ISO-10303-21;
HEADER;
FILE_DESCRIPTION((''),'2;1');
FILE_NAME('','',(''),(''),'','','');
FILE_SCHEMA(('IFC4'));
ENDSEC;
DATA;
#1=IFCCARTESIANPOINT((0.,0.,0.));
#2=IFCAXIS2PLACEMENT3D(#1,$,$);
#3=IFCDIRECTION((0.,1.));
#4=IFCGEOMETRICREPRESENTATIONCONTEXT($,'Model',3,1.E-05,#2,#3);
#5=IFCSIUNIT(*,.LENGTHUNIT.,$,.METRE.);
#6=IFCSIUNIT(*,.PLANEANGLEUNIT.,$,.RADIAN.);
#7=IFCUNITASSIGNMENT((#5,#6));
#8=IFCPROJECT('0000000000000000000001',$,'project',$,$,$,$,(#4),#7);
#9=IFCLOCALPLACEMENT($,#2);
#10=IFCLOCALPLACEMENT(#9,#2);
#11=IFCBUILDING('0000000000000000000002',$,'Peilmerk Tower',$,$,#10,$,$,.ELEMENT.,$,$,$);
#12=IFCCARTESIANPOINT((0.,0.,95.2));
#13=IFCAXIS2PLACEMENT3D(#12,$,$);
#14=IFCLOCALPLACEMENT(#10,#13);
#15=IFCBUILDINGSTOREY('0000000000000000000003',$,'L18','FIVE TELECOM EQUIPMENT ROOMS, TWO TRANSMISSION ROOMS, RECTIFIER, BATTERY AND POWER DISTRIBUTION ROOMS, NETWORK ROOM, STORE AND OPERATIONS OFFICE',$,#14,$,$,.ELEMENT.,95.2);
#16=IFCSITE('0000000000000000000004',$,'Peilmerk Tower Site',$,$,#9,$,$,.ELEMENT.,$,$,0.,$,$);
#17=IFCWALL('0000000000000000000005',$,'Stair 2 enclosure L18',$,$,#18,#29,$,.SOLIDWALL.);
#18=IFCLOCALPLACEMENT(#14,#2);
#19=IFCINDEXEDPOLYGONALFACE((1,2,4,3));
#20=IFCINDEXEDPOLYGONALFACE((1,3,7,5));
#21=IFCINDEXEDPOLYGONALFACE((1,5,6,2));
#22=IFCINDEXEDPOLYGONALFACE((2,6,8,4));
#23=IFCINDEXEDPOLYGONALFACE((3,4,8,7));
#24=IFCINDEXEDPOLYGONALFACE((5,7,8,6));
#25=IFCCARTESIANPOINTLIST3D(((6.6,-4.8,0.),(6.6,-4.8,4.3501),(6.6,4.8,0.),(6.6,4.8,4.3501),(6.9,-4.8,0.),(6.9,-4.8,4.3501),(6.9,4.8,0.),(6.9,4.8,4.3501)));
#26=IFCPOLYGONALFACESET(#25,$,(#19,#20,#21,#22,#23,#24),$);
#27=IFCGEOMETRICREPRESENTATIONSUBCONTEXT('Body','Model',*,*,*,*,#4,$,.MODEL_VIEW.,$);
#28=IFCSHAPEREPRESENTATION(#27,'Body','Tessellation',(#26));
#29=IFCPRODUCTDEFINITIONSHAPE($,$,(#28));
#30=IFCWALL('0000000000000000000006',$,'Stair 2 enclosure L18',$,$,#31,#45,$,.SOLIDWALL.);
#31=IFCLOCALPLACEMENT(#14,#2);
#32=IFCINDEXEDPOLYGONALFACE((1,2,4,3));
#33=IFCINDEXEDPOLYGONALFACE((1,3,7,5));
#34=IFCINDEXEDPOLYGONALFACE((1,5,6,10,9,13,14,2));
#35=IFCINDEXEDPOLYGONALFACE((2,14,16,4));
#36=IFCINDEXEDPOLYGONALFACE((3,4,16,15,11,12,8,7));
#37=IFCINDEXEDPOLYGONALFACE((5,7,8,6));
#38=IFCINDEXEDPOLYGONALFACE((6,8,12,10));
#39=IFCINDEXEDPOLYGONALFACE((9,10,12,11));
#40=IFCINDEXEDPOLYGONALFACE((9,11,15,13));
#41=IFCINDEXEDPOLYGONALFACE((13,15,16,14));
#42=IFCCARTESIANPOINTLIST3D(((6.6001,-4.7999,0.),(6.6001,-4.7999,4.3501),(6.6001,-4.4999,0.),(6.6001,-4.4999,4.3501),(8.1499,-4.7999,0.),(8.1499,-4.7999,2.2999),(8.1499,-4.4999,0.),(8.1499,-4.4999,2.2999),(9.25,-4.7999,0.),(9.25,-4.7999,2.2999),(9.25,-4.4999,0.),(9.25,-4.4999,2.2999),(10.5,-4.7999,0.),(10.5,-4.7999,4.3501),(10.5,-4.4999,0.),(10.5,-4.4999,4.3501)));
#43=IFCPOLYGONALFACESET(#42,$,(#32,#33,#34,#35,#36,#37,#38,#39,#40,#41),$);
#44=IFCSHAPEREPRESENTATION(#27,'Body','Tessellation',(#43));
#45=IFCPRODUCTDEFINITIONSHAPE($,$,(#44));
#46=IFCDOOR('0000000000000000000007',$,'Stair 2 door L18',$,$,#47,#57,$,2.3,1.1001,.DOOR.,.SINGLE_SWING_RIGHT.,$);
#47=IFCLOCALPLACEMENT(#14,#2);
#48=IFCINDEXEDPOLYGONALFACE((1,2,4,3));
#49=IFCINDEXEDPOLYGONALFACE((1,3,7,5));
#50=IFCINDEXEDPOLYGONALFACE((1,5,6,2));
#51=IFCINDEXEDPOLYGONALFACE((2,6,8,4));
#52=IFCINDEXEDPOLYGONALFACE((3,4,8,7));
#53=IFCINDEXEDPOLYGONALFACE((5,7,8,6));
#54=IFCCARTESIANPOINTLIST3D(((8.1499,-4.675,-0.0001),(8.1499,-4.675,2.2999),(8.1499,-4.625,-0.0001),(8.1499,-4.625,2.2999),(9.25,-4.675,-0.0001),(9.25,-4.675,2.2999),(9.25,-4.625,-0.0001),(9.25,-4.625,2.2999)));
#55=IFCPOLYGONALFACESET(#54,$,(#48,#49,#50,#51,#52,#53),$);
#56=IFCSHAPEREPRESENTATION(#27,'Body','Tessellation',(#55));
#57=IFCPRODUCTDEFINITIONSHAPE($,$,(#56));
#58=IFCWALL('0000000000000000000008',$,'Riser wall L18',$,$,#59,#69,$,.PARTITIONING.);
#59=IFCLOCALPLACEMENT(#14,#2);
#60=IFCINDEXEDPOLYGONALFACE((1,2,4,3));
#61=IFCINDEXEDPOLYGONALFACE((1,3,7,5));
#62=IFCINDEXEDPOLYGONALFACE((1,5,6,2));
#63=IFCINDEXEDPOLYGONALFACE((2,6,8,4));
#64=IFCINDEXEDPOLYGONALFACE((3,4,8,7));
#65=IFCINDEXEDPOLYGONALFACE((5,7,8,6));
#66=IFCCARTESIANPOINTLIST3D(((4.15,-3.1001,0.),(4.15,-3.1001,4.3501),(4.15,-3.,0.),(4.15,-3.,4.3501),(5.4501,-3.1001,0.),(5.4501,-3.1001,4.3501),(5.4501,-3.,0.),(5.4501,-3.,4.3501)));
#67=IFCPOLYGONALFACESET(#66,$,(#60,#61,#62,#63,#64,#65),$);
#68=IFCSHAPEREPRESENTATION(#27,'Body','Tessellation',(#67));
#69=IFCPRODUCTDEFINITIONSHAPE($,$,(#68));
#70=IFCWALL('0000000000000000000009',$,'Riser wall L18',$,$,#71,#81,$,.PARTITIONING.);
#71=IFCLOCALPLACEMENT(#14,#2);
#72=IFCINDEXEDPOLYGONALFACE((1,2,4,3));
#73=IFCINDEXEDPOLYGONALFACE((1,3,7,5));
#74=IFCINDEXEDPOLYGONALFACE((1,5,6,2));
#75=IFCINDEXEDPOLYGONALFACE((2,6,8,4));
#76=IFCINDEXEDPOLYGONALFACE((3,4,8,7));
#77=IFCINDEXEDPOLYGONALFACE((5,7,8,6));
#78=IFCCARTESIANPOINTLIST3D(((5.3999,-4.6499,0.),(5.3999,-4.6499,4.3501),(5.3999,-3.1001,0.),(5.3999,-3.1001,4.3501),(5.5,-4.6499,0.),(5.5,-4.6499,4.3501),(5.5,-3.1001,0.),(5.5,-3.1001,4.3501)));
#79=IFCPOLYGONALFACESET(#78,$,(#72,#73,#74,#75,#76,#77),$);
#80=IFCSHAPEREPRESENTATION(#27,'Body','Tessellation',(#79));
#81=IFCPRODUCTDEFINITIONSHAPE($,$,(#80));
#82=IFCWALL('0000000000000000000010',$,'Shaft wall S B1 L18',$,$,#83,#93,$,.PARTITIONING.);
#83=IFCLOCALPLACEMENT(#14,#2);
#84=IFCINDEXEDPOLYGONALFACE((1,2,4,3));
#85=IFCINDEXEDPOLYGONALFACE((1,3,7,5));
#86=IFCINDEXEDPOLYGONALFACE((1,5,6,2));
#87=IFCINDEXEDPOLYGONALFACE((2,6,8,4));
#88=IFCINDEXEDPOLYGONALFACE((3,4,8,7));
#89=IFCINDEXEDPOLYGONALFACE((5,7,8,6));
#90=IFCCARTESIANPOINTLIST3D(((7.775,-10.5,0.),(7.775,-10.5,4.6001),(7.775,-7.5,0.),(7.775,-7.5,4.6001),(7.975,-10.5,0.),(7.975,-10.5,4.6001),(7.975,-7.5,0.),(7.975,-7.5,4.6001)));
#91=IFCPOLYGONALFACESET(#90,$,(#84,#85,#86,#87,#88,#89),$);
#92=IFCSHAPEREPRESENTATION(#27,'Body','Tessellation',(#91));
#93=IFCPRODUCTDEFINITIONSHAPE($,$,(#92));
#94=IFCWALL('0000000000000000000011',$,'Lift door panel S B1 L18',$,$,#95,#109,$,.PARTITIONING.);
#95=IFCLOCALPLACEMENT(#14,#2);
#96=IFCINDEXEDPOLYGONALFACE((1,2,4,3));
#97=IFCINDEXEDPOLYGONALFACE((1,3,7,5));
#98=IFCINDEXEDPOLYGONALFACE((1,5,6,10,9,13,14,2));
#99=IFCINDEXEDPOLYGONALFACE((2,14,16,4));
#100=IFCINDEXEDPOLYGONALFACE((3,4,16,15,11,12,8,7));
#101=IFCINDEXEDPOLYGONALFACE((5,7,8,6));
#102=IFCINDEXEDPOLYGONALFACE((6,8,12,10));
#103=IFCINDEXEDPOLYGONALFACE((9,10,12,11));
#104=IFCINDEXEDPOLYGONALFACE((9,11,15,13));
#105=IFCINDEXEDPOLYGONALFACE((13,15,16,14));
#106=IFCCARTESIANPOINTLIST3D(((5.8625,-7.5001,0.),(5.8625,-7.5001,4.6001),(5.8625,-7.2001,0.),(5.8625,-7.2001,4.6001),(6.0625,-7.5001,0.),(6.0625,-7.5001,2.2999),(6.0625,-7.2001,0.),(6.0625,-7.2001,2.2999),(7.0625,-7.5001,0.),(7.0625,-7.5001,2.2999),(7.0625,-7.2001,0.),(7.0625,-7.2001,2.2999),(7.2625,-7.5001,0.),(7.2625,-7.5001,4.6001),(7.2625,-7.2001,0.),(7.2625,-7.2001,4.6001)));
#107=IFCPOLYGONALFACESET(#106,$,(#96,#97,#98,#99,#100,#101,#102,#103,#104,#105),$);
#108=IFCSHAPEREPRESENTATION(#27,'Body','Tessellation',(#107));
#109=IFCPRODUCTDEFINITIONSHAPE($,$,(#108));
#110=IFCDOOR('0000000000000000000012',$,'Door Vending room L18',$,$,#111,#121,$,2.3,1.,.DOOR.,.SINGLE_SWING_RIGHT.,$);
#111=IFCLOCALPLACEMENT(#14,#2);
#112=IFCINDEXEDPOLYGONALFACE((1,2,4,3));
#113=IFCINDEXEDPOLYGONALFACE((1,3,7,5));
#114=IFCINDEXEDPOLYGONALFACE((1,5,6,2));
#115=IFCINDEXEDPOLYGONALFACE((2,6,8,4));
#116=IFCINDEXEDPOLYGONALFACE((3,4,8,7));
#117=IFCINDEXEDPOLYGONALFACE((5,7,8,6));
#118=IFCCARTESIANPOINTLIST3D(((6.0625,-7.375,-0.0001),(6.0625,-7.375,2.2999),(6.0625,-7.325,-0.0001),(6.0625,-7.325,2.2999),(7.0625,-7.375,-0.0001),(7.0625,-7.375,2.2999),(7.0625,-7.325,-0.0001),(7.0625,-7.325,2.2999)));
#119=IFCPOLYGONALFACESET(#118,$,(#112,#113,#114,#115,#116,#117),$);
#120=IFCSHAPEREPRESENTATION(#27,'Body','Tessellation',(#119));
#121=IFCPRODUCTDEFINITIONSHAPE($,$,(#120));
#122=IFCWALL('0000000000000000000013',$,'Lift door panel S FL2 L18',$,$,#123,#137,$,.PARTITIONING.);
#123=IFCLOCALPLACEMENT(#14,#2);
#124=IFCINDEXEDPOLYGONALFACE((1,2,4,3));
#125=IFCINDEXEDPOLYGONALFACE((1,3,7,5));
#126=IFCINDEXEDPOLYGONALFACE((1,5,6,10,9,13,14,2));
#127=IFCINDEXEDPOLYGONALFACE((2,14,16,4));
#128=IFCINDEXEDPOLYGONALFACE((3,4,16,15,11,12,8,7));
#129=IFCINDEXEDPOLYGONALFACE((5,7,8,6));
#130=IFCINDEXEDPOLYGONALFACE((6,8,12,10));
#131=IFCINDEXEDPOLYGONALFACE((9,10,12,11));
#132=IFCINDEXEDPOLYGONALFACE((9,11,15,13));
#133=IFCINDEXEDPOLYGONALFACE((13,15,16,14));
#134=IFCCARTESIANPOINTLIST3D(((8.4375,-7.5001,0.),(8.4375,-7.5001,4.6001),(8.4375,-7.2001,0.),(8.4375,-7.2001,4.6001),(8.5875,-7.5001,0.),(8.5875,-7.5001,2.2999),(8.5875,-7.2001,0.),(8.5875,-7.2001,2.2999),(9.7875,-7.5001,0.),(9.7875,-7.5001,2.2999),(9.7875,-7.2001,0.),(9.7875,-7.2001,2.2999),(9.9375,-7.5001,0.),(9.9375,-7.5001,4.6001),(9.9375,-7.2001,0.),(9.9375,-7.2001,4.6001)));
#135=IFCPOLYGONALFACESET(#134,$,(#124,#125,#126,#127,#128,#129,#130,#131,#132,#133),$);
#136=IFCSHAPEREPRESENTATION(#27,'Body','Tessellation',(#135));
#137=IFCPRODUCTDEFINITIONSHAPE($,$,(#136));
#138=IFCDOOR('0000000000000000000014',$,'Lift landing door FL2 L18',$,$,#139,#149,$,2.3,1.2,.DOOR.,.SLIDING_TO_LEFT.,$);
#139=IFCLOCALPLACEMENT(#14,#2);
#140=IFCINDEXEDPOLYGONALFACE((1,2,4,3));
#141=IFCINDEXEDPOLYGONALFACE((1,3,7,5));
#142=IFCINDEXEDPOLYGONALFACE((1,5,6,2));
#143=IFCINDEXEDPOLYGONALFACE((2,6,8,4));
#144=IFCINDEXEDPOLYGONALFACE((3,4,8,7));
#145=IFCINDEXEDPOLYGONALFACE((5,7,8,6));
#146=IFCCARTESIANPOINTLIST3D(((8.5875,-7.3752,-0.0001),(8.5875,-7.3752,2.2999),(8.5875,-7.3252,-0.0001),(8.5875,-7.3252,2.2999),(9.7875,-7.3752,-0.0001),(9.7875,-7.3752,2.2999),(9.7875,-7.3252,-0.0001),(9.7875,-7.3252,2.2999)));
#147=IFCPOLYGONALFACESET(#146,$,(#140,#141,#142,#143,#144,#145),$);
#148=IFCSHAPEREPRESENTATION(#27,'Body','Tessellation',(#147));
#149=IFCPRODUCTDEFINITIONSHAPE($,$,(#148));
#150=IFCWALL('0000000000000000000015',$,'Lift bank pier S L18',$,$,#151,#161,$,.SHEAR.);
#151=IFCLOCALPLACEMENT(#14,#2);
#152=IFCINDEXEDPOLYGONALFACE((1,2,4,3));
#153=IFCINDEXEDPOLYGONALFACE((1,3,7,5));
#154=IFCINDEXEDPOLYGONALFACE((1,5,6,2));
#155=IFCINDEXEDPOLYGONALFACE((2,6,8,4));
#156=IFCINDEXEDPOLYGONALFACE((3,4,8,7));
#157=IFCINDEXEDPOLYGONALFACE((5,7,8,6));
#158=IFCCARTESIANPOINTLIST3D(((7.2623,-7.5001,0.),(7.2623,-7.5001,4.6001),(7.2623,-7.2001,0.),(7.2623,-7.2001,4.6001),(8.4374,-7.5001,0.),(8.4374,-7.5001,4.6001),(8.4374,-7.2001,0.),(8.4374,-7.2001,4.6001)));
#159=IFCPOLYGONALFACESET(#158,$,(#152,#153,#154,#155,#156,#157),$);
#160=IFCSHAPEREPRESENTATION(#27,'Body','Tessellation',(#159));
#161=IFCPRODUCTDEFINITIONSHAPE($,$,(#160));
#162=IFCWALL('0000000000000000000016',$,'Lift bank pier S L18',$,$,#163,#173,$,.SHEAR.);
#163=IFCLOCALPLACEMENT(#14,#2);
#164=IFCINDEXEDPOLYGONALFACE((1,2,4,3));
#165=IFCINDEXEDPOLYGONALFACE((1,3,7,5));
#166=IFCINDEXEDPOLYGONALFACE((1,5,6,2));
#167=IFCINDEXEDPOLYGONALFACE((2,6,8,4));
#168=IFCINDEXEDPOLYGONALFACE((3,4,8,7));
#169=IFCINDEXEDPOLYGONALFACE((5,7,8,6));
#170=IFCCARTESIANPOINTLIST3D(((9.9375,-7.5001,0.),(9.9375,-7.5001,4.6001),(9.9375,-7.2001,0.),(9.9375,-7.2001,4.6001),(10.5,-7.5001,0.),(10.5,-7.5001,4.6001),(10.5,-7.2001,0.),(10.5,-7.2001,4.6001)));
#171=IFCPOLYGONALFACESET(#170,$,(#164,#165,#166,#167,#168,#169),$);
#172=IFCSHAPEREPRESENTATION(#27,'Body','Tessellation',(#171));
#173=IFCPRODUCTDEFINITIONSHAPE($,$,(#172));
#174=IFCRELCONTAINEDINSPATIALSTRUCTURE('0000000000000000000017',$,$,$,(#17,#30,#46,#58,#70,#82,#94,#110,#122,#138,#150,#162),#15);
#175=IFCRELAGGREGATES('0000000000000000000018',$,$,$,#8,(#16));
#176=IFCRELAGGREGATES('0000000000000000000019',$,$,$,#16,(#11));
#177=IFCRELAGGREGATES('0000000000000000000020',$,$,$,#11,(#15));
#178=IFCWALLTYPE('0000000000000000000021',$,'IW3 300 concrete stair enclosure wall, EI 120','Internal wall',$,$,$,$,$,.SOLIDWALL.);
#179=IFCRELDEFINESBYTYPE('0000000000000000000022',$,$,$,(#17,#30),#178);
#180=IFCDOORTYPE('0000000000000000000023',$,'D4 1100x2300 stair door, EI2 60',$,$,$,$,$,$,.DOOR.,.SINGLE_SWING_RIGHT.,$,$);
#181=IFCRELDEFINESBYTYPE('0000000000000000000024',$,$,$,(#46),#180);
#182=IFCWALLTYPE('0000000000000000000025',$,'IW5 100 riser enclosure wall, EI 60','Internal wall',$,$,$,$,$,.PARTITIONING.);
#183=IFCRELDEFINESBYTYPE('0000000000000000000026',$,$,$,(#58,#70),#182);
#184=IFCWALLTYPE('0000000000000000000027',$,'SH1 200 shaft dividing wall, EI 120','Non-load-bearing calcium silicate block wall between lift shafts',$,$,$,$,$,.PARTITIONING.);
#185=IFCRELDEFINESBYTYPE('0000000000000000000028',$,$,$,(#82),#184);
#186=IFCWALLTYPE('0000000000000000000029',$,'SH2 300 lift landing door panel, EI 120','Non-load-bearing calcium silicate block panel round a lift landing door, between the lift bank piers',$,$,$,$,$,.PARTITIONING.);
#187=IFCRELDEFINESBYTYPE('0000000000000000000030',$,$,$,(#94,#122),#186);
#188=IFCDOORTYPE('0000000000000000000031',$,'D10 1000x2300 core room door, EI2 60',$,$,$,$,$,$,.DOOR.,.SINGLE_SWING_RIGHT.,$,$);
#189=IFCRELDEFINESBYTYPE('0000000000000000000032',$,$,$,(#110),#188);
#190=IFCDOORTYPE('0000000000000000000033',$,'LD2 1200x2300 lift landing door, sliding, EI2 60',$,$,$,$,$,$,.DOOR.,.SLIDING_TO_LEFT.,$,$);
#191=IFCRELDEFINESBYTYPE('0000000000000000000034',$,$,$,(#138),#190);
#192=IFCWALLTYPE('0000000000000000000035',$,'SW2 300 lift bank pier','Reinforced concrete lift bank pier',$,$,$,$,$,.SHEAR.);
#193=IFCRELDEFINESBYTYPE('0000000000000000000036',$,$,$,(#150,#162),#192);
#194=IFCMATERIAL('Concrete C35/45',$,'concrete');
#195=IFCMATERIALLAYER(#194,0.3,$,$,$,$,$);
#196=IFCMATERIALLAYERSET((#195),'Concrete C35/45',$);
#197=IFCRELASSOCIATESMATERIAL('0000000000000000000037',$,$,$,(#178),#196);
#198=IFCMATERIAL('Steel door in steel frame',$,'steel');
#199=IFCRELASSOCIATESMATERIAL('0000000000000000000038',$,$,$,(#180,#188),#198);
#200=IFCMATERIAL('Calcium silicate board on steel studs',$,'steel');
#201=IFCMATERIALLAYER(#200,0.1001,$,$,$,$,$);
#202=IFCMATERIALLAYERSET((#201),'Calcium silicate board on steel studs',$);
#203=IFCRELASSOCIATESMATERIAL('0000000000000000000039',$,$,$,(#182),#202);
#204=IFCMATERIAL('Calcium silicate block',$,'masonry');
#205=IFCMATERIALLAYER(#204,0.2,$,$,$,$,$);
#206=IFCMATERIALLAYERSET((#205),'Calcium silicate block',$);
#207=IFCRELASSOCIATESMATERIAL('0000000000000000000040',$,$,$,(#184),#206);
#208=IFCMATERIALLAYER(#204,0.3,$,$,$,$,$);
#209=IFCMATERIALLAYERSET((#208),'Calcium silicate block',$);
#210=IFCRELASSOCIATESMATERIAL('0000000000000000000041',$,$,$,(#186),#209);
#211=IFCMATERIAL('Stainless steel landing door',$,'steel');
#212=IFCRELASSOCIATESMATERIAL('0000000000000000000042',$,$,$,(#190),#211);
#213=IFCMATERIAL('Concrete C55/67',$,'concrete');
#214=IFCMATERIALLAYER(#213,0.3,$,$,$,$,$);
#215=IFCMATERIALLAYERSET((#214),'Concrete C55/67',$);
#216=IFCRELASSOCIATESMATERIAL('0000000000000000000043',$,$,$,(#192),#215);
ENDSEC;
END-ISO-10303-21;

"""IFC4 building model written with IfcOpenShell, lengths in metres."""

from ifc_helpers import new_model, si_unit, direction, frame, frame_2d, origin, place, context, subcontext, project, spatial, rectangle, extrude, material, layer, layer_set, type_object, element, fill, save


model = new_model("IFC4")

# Units and contexts
model_context = context("Model", 3, precision=1e-05, world=origin(), true_north=direction((0.0, 1.0)))
body_context = subcontext(model_context, "Body", "Model", "MODEL_VIEW")
ifc_project = project(units=[si_unit("LENGTHUNIT", "METRE"), si_unit("PLANEANGLEUNIT", "RADIAN")], contexts=[model_context])

# Site, building, storey
site_placement = place(None, origin())
site = spatial("IfcSite", under=ifc_project, at=site_placement, Name="Peilmerk Tower Site", CompositionType="ELEMENT", RefElevation=0.0)
building_placement = place(site_placement, origin())
building = spatial("IfcBuilding", under=site, at=building_placement, Name="Peilmerk Tower", CompositionType="ELEMENT")
storey_placement = place(building_placement, frame((0.0, 0.0, 95.2)))
storey = spatial("IfcBuildingStorey", under=building, at=storey_placement, Name="L18", Description="FIVE TELECOM EQUIPMENT ROOMS, TWO TRANSMISSION ROOMS, RECTIFIER, BATTERY AND POWER DISTRIBUTION ROOMS, NETWORK ROOM, STORE AND OPERATIONS OFFICE", CompositionType="ELEMENT", Elevation=95.2)

# Wall
ifc_material_1 = material(Name="Concrete C35/45", Category="concrete")
ifc_layer_1 = layer(ifc_material_1, 0.3)
ifc_layer_set_1 = layer_set([ifc_layer_1], Name="Concrete C35/45")
wall_type_1 = type_object("IfcWallType", Name="IW3 300 concrete stair enclosure wall, EI 120", Description="Internal wall", PredefinedType="SOLIDWALL", material=ifc_layer_set_1)
wall_1_placement = place(storey_placement, frame((6.75, -4.8, 0.0), z_axis=(0.0, 0.0, 1.0), x_axis=(0.0, 1.0, 0.0)))
element("IfcWall", 1, at=wall_1_placement, inside=storey, type_object=wall_type_1, Name="Stair 2 enclosure L18", PredefinedType="SOLIDWALL", context=body_context, shape_type="SweptSolid", body=[
    extrude(rectangle(XDim=9.6001, YDim=0.3, at=frame_2d((4.8, 0.0))), origin(), (0.0, 0.0, 1.0), 4.3501),
])

# Wall, opening, door
wall_2_placement = place(storey_placement, frame((10.5, -4.6499, 0.0), z_axis=(0.0, 0.0, 1.0), x_axis=(-1.0, 0.0, 0.0)))
wall_2 = element("IfcWall", 2, at=wall_2_placement, inside=storey, type_object=wall_type_1, Name="Stair 2 enclosure L18", PredefinedType="SOLIDWALL", context=body_context, shape_type="SweptSolid", body=[
    extrude(rectangle(XDim=3.8999, YDim=0.3, at=frame_2d((1.95, 0.0))), origin(), (0.0, 0.0, 1.0), 4.3501),
])
opening_1_placement = place(wall_2_placement, frame((1.25, 0.0, 0.0)))
opening_1 = element("IfcOpeningElement", 3, at=opening_1_placement, cuts=wall_2, PredefinedType="OPENING", context=body_context, shape_type="SweptSolid", body=[
    extrude(rectangle(XDim=1.1001, YDim=2.3, at=frame_2d((0.55, 1.1499))), frame((0.0, 0.1599, 0.0), z_axis=(0.0, -1.0, 0.0), x_axis=(1.0, 0.0, 0.0)), (0.0, 0.0, 1.0), 0.3201),
])
ifc_material_2 = material(Name="Steel door in steel frame", Category="steel")
door_type_1 = type_object("IfcDoorType", Name="D4 1100x2300 stair door, EI2 60", OperationType="SINGLE_SWING_RIGHT", PredefinedType="DOOR", material=ifc_material_2)
door_1_placement = place(opening_1_placement, frame((1.1001, 0.0, 0.0), z_axis=(0.0, 0.0, 1.0), x_axis=(-1.0, 0.0, 0.0)))
door_1 = element("IfcDoor", 4, at=door_1_placement, inside=storey, type_object=door_type_1, Name="Stair 2 door L18", OperationType="SINGLE_SWING_RIGHT", OverallHeight=2.3, OverallWidth=1.1001, PredefinedType="DOOR", context=body_context, shape_type="SweptSolid", body=[
    extrude(rectangle(XDim=1.1001, YDim=2.3, at=frame_2d((0.55, 1.1499))), frame((0.0, 0.0249, 0.0), z_axis=(0.0, -1.0, 0.0), x_axis=(1.0, 0.0, 0.0)), (0.0, 0.0, 1.0), 0.05),
])
fill(opening_1, door_1)

# Walls
ifc_material_3 = material(Name="Calcium silicate board on steel studs", Category="steel")
ifc_layer_2 = layer(ifc_material_3, 0.1001)
ifc_layer_set_2 = layer_set([ifc_layer_2], Name="Calcium silicate board on steel studs")
wall_type_2 = type_object("IfcWallType", Name="IW5 100 riser enclosure wall, EI 60", Description="Internal wall", PredefinedType="PARTITIONING", material=ifc_layer_set_2)
wall_3_placement = place(storey_placement, frame((5.45, -3.05, 0.0), z_axis=(0.0, 0.0, 1.0), x_axis=(-1.0, 0.0, 0.0)))
element("IfcWall", 5, at=wall_3_placement, inside=storey, type_object=wall_type_2, Name="Riser wall L18", PredefinedType="PARTITIONING", context=body_context, shape_type="SweptSolid", body=[
    extrude(rectangle(XDim=1.3, YDim=0.1001, at=frame_2d((0.6499, 0.0))), origin(), (0.0, 0.0, 1.0), 4.3501),
])
wall_4_placement = place(storey_placement, frame((5.45, -3.1001, 0.0), z_axis=(0.0, 0.0, 1.0), x_axis=(0.0, -1.0, 0.0)))
element("IfcWall", 6, at=wall_4_placement, inside=storey, type_object=wall_type_2, Name="Riser wall L18", PredefinedType="PARTITIONING", context=body_context, shape_type="SweptSolid", body=[
    extrude(rectangle(XDim=1.5498, YDim=0.1001, at=frame_2d((0.7749, 0.0))), origin(), (0.0, 0.0, 1.0), 4.3501),
])
ifc_material_4 = material(Name="Calcium silicate block", Category="masonry")
ifc_layer_3 = layer(ifc_material_4, 0.2)
ifc_layer_set_3 = layer_set([ifc_layer_3], Name="Calcium silicate block")
wall_type_3 = type_object("IfcWallType", Name="SH1 200 shaft dividing wall, EI 120", Description="Non-load-bearing calcium silicate block wall between lift shafts", PredefinedType="PARTITIONING", material=ifc_layer_set_3)
wall_5_placement = place(storey_placement, frame((7.875, -10.5, 0.0), z_axis=(0.0, 0.0, 1.0), x_axis=(0.0, 1.0, 0.0)))
element("IfcWall", 7, at=wall_5_placement, inside=storey, type_object=wall_type_3, Name="Shaft wall S B1 L18", PredefinedType="PARTITIONING", context=body_context, shape_type="SweptSolid", body=[
    extrude(rectangle(XDim=3.0, YDim=0.2, at=frame_2d((1.5, 0.0))), origin(), (0.0, 0.0, 1.0), 4.6001),
])

# Walls, openings, doors
ifc_layer_4 = layer(ifc_material_4, 0.3)
ifc_layer_set_4 = layer_set([ifc_layer_4], Name="Calcium silicate block")
wall_type_4 = type_object("IfcWallType", Name="SH2 300 lift landing door panel, EI 120", Description="Non-load-bearing calcium silicate block panel round a lift landing door, between the lift bank piers", PredefinedType="PARTITIONING", material=ifc_layer_set_4)
wall_6_placement = place(storey_placement, frame((5.8625, -7.3501, 0.0), z_axis=(0.0, 0.0, 1.0), x_axis=(1.0, 0.0, 0.0)))
wall_6 = element("IfcWall", 8, at=wall_6_placement, inside=storey, type_object=wall_type_4, Name="Lift door panel S B1 L18", PredefinedType="PARTITIONING", context=body_context, shape_type="SweptSolid", body=[
    extrude(rectangle(XDim=1.3999, YDim=0.3, at=frame_2d((0.7, 0.0))), origin(), (0.0, 0.0, 1.0), 4.6001),
])
opening_2_placement = place(wall_6_placement, frame((0.2, 0.0, 0.0)))
opening_2 = element("IfcOpeningElement", 9, at=opening_2_placement, cuts=wall_6, PredefinedType="OPENING", context=body_context, shape_type="SweptSolid", body=[
    extrude(rectangle(XDim=1.0, YDim=2.3, at=frame_2d((0.5, 1.1499))), frame((0.0, 0.1599, 0.0), z_axis=(0.0, -1.0, 0.0), x_axis=(1.0, 0.0, 0.0)), (0.0, 0.0, 1.0), 0.3201),
])
door_type_2 = type_object("IfcDoorType", Name="D10 1000x2300 core room door, EI2 60", OperationType="SINGLE_SWING_RIGHT", PredefinedType="DOOR", material=ifc_material_2)
door_2_placement = place(opening_2_placement, frame((1.0, 0.0, 0.0), z_axis=(0.0, 0.0, 1.0), x_axis=(-1.0, 0.0, 0.0)))
door_2 = element("IfcDoor", 10, at=door_2_placement, inside=storey, type_object=door_type_2, Name="Door Vending room L18", OperationType="SINGLE_SWING_RIGHT", OverallHeight=2.3, OverallWidth=1.0, PredefinedType="DOOR", context=body_context, shape_type="SweptSolid", body=[
    extrude(rectangle(XDim=1.0, YDim=2.3, at=frame_2d((0.5, 1.1499))), frame((0.0, 0.0249, 0.0), z_axis=(0.0, -1.0, 0.0), x_axis=(1.0, 0.0, 0.0)), (0.0, 0.0, 1.0), 0.05),
])
fill(opening_2, door_2)
wall_7_placement = place(storey_placement, frame((8.4375, -7.3501, 0.0), z_axis=(0.0, 0.0, 1.0), x_axis=(1.0, 0.0, 0.0)))
wall_7 = element("IfcWall", 11, at=wall_7_placement, inside=storey, type_object=wall_type_4, Name="Lift door panel S FL2 L18", PredefinedType="PARTITIONING", context=body_context, shape_type="SweptSolid", body=[
    extrude(rectangle(XDim=1.5, YDim=0.3, at=frame_2d((0.75, 0.0))), origin(), (0.0, 0.0, 1.0), 4.6001),
])
opening_3_placement = place(wall_7_placement, frame((0.1499, 0.0, 0.0)))
opening_3 = element("IfcOpeningElement", 12, at=opening_3_placement, cuts=wall_7, PredefinedType="OPENING", context=body_context, shape_type="SweptSolid", body=[
    extrude(rectangle(XDim=1.2, YDim=2.3, at=frame_2d((0.6001, 1.1499))), frame((0.0, 0.1599, 0.0), z_axis=(0.0, -1.0, 0.0), x_axis=(1.0, 0.0, 0.0)), (0.0, 0.0, 1.0), 0.3201),
])
ifc_material_5 = material(Name="Stainless steel landing door", Category="steel")
door_type_3 = type_object("IfcDoorType", Name="LD2 1200x2300 lift landing door, sliding, EI2 60", OperationType="SLIDING_TO_LEFT", PredefinedType="DOOR", material=ifc_material_5)
door_3_placement = place(opening_3_placement, origin())
door_3 = element("IfcDoor", 13, at=door_3_placement, inside=storey, type_object=door_type_3, Name="Lift landing door FL2 L18", OperationType="SLIDING_TO_LEFT", OverallHeight=2.3, OverallWidth=1.2, PredefinedType="DOOR", context=body_context, shape_type="SweptSolid", body=[
    extrude(rectangle(XDim=1.2, YDim=2.3, at=frame_2d((0.6001, 1.1499))), frame((0.0, 0.0249, 0.0), z_axis=(0.0, -1.0, 0.0), x_axis=(1.0, 0.0, 0.0)), (0.0, 0.0, 1.0), 0.05),
])
fill(opening_3, door_3)

# Walls
ifc_material_6 = material(Name="Concrete C55/67", Category="concrete")
ifc_layer_5 = layer(ifc_material_6, 0.3)
ifc_layer_set_5 = layer_set([ifc_layer_5], Name="Concrete C55/67")
wall_type_5 = type_object("IfcWallType", Name="SW2 300 lift bank pier", Description="Reinforced concrete lift bank pier", PredefinedType="SHEAR", material=ifc_layer_set_5)
wall_8_placement = place(storey_placement, frame((7.2625, -7.3501, 0.0), z_axis=(0.0, 0.0, 1.0), x_axis=(1.0, 0.0, 0.0)))
element("IfcWall", 14, at=wall_8_placement, inside=storey, type_object=wall_type_5, Name="Lift bank pier S L18", PredefinedType="SHEAR", context=body_context, shape_type="SweptSolid", body=[
    extrude(rectangle(XDim=1.175, YDim=0.3, at=frame_2d((0.5874, 0.0))), origin(), (0.0, 0.0, 1.0), 4.6001),
])
wall_9_placement = place(storey_placement, frame((9.9375, -7.3501, 0.0), z_axis=(0.0, 0.0, 1.0), x_axis=(1.0, 0.0, 0.0)))
element("IfcWall", 15, at=wall_9_placement, inside=storey, type_object=wall_type_5, Name="Lift bank pier S L18", PredefinedType="SHEAR", context=body_context, shape_type="SweptSolid", body=[
    extrude(rectangle(XDim=0.5625, YDim=0.3, at=frame_2d((0.2812, 0.0))), origin(), (0.0, 0.0, 1.0), 4.6001),
])

save(model, "model.ifc")
